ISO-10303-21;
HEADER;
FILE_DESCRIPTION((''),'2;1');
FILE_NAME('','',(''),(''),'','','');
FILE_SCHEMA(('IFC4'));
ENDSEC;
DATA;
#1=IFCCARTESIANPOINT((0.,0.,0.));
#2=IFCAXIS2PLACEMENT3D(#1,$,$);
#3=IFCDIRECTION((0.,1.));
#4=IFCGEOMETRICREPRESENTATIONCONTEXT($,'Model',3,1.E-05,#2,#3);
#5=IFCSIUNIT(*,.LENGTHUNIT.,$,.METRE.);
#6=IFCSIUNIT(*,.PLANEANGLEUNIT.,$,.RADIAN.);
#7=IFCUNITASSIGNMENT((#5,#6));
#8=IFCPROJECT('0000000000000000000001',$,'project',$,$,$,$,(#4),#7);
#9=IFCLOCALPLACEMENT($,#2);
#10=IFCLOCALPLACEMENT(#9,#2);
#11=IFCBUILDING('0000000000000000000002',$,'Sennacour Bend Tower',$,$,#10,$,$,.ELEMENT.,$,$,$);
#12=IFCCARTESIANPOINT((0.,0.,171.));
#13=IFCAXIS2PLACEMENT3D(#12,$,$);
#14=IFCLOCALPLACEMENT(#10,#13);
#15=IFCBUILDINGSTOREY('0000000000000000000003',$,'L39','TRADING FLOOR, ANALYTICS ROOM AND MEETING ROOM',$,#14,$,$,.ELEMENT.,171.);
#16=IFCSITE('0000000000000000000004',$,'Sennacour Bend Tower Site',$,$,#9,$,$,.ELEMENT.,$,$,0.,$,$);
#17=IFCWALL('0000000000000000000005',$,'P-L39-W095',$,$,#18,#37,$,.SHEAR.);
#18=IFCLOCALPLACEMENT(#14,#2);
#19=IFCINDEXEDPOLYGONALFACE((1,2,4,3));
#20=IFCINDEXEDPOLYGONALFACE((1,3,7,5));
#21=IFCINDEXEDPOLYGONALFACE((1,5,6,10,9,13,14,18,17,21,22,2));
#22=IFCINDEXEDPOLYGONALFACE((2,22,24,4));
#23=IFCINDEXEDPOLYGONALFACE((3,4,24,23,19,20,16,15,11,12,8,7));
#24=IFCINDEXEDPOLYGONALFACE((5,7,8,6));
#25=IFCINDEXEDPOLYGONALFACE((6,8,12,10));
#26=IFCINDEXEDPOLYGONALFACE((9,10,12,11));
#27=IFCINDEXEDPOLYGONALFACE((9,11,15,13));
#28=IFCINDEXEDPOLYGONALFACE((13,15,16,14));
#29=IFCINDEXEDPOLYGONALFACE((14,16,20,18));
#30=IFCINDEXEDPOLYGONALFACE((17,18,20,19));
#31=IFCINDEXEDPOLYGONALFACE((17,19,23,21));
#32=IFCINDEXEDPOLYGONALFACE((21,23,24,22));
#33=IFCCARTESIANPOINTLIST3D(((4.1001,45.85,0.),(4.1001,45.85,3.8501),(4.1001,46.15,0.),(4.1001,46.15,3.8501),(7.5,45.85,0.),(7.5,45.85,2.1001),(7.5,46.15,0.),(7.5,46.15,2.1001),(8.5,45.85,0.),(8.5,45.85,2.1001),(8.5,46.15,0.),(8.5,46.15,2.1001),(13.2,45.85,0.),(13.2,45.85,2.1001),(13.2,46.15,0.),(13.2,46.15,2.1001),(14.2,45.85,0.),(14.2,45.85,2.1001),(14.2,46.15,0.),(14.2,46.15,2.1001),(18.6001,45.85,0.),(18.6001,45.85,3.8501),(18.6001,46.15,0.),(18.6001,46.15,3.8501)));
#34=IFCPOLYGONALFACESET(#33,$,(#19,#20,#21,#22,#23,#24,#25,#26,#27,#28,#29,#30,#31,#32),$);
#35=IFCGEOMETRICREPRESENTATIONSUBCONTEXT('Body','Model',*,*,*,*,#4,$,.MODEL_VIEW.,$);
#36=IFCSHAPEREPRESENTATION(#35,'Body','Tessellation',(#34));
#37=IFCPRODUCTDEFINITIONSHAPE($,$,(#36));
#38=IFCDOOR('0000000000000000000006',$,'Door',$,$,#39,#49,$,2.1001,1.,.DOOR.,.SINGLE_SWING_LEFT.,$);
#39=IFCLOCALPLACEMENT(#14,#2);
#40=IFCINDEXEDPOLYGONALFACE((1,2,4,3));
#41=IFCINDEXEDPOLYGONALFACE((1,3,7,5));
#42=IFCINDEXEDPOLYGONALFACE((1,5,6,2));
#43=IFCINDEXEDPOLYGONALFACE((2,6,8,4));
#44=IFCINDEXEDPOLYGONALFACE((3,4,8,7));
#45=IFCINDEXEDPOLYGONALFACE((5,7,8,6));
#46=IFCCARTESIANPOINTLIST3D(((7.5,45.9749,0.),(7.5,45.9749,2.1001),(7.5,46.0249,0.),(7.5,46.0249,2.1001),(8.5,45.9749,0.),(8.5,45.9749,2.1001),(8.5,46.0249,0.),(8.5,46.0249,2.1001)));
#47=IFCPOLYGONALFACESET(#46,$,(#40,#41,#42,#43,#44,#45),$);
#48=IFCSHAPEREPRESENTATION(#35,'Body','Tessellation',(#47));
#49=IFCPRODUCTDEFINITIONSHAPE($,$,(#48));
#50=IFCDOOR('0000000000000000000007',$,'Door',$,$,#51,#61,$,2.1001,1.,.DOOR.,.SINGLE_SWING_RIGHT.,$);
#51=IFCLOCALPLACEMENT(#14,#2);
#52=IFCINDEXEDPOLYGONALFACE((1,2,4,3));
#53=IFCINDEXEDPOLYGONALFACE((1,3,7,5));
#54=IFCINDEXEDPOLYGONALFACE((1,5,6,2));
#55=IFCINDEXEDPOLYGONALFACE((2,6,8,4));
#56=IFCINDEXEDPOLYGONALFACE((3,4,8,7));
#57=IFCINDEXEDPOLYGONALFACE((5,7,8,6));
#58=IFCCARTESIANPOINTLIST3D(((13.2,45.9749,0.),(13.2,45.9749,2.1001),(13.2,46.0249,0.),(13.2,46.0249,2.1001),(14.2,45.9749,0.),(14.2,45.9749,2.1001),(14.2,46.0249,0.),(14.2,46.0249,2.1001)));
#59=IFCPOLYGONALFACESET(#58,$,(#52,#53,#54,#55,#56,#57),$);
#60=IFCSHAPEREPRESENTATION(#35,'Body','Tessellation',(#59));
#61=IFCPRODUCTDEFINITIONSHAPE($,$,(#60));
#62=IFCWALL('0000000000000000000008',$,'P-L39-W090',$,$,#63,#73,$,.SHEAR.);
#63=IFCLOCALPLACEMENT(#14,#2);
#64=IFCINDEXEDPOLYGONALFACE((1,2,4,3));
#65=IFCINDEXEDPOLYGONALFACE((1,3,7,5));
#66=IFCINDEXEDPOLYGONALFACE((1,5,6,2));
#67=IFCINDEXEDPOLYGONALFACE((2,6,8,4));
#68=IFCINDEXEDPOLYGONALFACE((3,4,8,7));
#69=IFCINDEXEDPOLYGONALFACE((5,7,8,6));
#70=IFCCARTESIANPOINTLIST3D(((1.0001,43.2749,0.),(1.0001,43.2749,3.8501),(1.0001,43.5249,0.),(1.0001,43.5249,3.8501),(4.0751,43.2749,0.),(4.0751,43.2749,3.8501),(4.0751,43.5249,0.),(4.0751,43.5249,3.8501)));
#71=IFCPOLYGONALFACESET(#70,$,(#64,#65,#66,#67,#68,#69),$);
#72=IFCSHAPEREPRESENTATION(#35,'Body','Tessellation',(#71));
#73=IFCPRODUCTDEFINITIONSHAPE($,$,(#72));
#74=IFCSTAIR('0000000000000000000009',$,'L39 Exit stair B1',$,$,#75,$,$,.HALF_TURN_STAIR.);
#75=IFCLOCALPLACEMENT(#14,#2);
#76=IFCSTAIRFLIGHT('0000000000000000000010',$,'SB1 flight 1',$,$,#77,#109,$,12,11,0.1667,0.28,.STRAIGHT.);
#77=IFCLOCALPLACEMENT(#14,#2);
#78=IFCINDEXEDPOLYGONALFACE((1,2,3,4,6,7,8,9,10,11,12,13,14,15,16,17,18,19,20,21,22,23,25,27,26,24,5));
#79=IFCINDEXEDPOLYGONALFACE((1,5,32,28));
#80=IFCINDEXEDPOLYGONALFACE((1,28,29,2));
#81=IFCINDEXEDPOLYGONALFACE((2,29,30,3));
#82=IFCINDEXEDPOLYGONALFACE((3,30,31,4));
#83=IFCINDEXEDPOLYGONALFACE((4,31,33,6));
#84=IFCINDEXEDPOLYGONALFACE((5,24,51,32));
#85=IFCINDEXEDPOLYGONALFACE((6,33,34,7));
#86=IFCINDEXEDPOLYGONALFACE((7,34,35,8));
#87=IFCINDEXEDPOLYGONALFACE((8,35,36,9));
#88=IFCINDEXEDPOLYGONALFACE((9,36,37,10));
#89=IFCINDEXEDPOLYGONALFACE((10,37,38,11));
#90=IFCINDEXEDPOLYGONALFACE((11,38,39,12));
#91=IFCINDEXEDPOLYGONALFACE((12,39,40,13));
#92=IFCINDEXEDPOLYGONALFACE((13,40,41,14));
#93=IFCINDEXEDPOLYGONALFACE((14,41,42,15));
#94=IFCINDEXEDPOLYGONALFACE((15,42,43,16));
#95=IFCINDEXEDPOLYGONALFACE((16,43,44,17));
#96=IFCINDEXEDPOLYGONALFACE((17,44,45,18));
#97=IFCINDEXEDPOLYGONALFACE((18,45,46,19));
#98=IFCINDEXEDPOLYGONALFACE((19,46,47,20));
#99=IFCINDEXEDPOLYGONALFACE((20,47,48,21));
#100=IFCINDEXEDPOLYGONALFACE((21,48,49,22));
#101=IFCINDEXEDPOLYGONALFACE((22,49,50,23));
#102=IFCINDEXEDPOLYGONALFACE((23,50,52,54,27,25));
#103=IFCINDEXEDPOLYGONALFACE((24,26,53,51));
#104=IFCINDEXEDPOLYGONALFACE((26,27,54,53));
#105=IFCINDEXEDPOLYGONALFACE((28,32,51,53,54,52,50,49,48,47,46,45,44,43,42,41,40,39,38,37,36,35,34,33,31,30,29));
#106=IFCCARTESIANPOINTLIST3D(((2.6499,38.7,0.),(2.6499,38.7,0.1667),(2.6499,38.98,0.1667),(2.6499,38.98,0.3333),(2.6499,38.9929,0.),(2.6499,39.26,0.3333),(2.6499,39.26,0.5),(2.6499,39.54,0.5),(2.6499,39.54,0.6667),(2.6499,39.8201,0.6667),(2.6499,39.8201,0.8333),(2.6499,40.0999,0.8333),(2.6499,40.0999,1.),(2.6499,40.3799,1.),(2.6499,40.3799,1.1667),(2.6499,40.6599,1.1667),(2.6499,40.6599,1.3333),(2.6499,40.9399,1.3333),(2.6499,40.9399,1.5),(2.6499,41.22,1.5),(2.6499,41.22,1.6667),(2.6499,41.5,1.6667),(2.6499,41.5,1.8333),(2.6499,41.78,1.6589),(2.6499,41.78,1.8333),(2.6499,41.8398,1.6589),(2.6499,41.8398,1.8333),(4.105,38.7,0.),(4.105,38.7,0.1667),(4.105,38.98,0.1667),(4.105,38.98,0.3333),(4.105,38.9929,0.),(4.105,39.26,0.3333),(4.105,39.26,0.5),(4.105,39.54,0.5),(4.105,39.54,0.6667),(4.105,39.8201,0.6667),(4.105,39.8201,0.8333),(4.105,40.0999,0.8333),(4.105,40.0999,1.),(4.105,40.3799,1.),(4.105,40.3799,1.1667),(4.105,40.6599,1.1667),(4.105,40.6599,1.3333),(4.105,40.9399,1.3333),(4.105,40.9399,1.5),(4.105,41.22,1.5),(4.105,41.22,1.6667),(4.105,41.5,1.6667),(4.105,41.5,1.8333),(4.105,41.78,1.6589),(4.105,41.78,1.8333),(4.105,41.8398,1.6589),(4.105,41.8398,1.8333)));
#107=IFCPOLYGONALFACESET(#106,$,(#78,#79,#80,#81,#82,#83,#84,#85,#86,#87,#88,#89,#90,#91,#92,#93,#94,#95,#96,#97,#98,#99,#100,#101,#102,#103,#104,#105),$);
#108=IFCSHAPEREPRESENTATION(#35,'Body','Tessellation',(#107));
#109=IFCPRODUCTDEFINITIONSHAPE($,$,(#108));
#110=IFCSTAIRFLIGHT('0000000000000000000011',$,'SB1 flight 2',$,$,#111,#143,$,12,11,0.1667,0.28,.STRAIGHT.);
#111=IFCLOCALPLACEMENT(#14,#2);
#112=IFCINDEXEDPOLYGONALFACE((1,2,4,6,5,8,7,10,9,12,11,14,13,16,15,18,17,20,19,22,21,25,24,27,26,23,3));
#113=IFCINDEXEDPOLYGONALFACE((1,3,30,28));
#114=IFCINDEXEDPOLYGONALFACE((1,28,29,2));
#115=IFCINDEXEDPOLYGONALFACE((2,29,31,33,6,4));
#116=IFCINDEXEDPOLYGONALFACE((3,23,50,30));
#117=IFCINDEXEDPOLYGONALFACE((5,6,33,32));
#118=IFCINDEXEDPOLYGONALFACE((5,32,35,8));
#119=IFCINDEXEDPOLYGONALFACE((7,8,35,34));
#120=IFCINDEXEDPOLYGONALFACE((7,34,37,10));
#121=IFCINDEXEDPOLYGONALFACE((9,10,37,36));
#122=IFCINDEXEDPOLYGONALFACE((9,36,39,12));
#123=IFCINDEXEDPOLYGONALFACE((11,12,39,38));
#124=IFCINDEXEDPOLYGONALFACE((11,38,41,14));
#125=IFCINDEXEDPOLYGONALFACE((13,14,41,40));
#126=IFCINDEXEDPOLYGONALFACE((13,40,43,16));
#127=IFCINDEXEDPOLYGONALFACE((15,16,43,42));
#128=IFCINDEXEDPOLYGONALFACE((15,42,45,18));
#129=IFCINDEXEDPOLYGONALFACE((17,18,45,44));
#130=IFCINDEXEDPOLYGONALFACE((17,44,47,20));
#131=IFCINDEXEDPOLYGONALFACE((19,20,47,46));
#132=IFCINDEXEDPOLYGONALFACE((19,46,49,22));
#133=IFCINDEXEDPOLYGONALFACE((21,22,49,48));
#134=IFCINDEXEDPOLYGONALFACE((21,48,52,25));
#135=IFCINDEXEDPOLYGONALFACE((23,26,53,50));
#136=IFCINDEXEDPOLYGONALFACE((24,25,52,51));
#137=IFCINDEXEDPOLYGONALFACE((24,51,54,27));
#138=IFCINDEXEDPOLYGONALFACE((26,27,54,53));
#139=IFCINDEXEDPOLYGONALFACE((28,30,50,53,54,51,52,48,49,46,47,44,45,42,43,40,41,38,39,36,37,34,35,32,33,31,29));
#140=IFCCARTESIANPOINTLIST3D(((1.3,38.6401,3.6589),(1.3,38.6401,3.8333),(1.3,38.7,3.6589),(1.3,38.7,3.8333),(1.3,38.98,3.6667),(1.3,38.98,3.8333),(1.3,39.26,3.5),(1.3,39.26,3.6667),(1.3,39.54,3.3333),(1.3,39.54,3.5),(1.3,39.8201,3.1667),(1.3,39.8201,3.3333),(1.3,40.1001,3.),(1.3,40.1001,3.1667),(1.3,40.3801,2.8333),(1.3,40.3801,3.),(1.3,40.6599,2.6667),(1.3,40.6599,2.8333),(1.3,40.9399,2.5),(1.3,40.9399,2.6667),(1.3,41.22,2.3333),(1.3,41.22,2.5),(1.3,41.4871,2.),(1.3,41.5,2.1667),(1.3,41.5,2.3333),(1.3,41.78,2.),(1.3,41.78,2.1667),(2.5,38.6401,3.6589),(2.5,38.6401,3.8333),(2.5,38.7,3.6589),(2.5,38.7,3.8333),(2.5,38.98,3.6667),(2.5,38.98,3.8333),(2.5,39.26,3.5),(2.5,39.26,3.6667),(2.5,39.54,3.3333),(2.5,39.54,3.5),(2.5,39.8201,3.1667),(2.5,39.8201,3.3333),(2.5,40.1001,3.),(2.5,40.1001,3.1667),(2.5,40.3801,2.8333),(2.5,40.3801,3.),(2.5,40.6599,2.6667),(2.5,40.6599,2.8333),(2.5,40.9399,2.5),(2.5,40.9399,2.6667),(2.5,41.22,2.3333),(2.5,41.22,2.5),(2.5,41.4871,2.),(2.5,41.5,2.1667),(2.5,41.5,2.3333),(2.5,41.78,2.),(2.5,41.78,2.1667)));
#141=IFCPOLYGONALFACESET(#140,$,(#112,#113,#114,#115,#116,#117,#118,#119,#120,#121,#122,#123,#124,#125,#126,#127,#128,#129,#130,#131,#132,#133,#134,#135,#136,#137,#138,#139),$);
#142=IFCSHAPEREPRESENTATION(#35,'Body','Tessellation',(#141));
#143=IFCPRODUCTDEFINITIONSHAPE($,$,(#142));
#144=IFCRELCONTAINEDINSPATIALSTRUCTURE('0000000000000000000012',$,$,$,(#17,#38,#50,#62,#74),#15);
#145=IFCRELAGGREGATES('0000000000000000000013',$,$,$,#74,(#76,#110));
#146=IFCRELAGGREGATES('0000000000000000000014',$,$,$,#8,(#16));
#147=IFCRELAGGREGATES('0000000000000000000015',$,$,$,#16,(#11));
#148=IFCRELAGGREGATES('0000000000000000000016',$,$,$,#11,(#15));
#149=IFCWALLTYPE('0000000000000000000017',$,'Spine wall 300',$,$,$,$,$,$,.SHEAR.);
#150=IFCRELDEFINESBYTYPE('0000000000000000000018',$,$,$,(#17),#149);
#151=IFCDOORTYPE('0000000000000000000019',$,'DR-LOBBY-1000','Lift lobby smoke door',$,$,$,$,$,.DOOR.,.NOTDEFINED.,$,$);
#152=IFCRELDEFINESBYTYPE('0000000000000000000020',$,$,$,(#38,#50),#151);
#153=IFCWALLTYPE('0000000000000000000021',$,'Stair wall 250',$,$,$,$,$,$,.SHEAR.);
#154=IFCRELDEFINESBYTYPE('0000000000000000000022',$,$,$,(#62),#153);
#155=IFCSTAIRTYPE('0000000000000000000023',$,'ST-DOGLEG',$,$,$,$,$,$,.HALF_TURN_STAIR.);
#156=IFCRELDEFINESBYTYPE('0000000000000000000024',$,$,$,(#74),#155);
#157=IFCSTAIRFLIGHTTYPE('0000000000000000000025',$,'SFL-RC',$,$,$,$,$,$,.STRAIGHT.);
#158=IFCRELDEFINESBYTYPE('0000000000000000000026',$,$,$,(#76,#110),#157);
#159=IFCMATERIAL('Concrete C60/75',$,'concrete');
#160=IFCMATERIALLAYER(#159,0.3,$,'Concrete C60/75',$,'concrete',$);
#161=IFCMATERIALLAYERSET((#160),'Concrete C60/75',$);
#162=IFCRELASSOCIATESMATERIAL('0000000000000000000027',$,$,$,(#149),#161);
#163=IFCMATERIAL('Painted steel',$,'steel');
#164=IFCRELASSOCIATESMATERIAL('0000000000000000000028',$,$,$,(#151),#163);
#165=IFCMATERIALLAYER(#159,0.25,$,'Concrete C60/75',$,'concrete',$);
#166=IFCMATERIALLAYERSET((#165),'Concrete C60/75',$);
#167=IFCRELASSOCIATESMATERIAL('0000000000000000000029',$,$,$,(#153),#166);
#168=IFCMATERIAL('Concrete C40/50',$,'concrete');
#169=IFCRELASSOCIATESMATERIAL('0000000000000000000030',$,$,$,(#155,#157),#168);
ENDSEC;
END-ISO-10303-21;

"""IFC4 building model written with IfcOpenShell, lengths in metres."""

from ifc_helpers import new_model, si_unit, direction, frame, frame_2d, origin, place, context, subcontext, project, spatial, polyline, rectangle, outline, extrude, material, layer, layer_set, type_object, element, fill, aggregate, save


model = new_model("IFC4")

# Units and contexts
model_context = context("Model", 3, precision=1e-05, world=origin(), true_north=direction((0.0, 1.0)))
body_context = subcontext(model_context, "Body", "Model", "MODEL_VIEW")
ifc_project = project(units=[si_unit("LENGTHUNIT", "METRE"), si_unit("PLANEANGLEUNIT", "RADIAN")], contexts=[model_context])

# Site, building, storey
site_placement = place(None, origin())
site = spatial("IfcSite", under=ifc_project, at=site_placement, Name="Sennacour Bend Tower Site", CompositionType="ELEMENT", RefElevation=0.0)
building_placement = place(site_placement, origin())
building = spatial("IfcBuilding", under=site, at=building_placement, Name="Sennacour Bend Tower", CompositionType="ELEMENT")
storey_placement = place(building_placement, frame((0.0, 0.0, 171.0)))
storey = spatial("IfcBuildingStorey", under=building, at=storey_placement, Name="L39", Description="TRADING FLOOR, ANALYTICS ROOM AND MEETING ROOM", CompositionType="ELEMENT", Elevation=171.0)

# Shared definitions
ifc_material_1 = material(Name="Concrete C60/75", Category="concrete")

# Shared definitions
ifc_material_2 = material(Name="Painted steel", Category="steel")

# Wall, openings, doors
ifc_layer_1 = layer(ifc_material_1, 0.3, Name="Concrete C60/75", Category="concrete")
ifc_layer_set_1 = layer_set([ifc_layer_1], Name="Concrete C60/75")
wall_type_1 = type_object("IfcWallType", Name="Spine wall 300", PredefinedType="SHEAR", material=ifc_layer_set_1)
wall_1_placement = place(storey_placement, frame((4.1001, 46.0, 0.0), z_axis=(0.0, 0.0, 1.0), x_axis=(1.0, 0.0, 0.0)))
wall_1 = element("IfcWall", 1, at=wall_1_placement, inside=storey, type_object=wall_type_1, Name="P-L39-W095", PredefinedType="SHEAR", context=body_context, shape_type="SweptSolid", body=[
    extrude(rectangle(XDim=14.5, YDim=0.3, at=frame_2d((7.25, 0.0))), origin(), (0.0, 0.0, 1.0), 3.8501),
])
opening_1_placement = place(wall_1_placement, frame((3.3999, 0.0, 0.0)))
opening_1 = element("IfcOpeningElement", 2, at=opening_1_placement, cuts=wall_1, PredefinedType="OPENING", context=body_context, shape_type="SweptSolid", body=[
    extrude(rectangle(XDim=1.0, YDim=2.1001, at=frame_2d((0.5, 1.05))), frame((0.0, 0.1602, 0.0), z_axis=(0.0, -1.0, 0.0), x_axis=(1.0, 0.0, 0.0)), (0.0, 0.0, 1.0), 0.3201),
])
opening_2_placement = place(wall_1_placement, frame((9.0999, 0.0, 0.0)))
opening_2 = element("IfcOpeningElement", 3, at=opening_2_placement, cuts=wall_1, PredefinedType="OPENING", context=body_context, shape_type="SweptSolid", body=[
    extrude(rectangle(XDim=1.0, YDim=2.1001, at=frame_2d((0.5, 1.05))), frame((0.0, 0.1602, 0.0), z_axis=(0.0, -1.0, 0.0), x_axis=(1.0, 0.0, 0.0)), (0.0, 0.0, 1.0), 0.3201),
])
door_type_1 = type_object("IfcDoorType", Name="DR-LOBBY-1000", Description="Lift lobby smoke door", OperationType="NOTDEFINED", PredefinedType="DOOR", material=ifc_material_2)
door_1_placement = place(opening_1_placement, origin())
door_1 = element("IfcDoor", 4, at=door_1_placement, inside=storey, type_object=door_type_1, Name="Door", OperationType="SINGLE_SWING_LEFT", OverallHeight=2.1001, OverallWidth=1.0, PredefinedType="DOOR", context=body_context, shape_type="SweptSolid", body=[
    extrude(rectangle(XDim=1.0, YDim=2.1001, at=frame_2d((0.5, 1.05))), frame((0.0, 0.0249, 0.0), z_axis=(0.0, -1.0, 0.0), x_axis=(1.0, 0.0, 0.0)), (0.0, 0.0, 1.0), 0.05),
])
fill(opening_1, door_1)
door_2_placement = place(opening_2_placement, origin())
door_2 = element("IfcDoor", 5, at=door_2_placement, inside=storey, type_object=door_type_1, Name="Door", OperationType="SINGLE_SWING_RIGHT", OverallHeight=2.1001, OverallWidth=1.0, PredefinedType="DOOR", context=body_context, shape_type="SweptSolid", body=[
    extrude(rectangle(XDim=1.0, YDim=2.1001, at=frame_2d((0.5, 1.05))), frame((0.0, 0.0249, 0.0), z_axis=(0.0, -1.0, 0.0), x_axis=(1.0, 0.0, 0.0)), (0.0, 0.0, 1.0), 0.05),
])
fill(opening_2, door_2)

# Wall
ifc_layer_2 = layer(ifc_material_1, 0.25, Name="Concrete C60/75", Category="concrete")
ifc_layer_set_2 = layer_set([ifc_layer_2], Name="Concrete C60/75")
wall_type_2 = type_object("IfcWallType", Name="Stair wall 250", PredefinedType="SHEAR", material=ifc_layer_set_2)
wall_2_placement = place(storey_placement, frame((1.0, 43.3999, 0.0), z_axis=(0.0, 0.0, 1.0), x_axis=(1.0, 0.0, 0.0)))
element("IfcWall", 6, at=wall_2_placement, inside=storey, type_object=wall_type_2, Name="P-L39-W090", PredefinedType="SHEAR", context=body_context, shape_type="SweptSolid", body=[
    extrude(rectangle(XDim=3.075, YDim=0.25, at=frame_2d((1.5376, 0.0))), origin(), (0.0, 0.0, 1.0), 3.8501),
])

# Stair, stair flights
ifc_material_3 = material(Name="Concrete C40/50", Category="concrete")
stair_type = type_object("IfcStairType", Name="ST-DOGLEG", PredefinedType="HALF_TURN_STAIR", material=ifc_material_3)
stair_placement = place(storey_placement, origin())
stair = element("IfcStair", 7, at=stair_placement, inside=storey, type_object=stair_type, Name="L39 Exit stair B1", PredefinedType="HALF_TURN_STAIR")
stair_flight_type = type_object("IfcStairFlightType", Name="SFL-RC", PredefinedType="STRAIGHT", material=ifc_material_3)
stair_flight_1_placement = place(storey_placement, frame((3.3774, 38.7, 0.0), z_axis=(0.0, 0.0, 1.0), x_axis=(0.0, 1.0, 0.0)))
stair_flight_1 = element("IfcStairFlight", 8, at=stair_flight_1_placement, type_object=stair_flight_type, Name="SB1 flight 1", NumberOfRisers=12, NumberOfTreads=11, PredefinedType="STRAIGHT", RiserHeight=0.1667, TreadLength=0.28, context=body_context, shape_type="SweptSolid", body=[
    extrude(outline(polyline([(0.0, 0.0), (0.0, 0.1667), (0.28, 0.1667), (0.28, 0.3333), (0.5601, 0.3333), (0.5601, 0.5), (0.8401, 0.5), (0.8401, 0.6667), (1.1201, 0.6667), (1.1201, 0.8333), (1.3999, 0.8333), (1.3999, 1.0), (1.6799, 1.0), (1.6799, 1.1667), (1.96, 1.1667), (1.96, 1.3333), (2.24, 1.3333), (2.24, 1.5), (2.52, 1.5), (2.52, 1.6667), (2.8, 1.6667), (2.8, 1.8333), (3.0801, 1.8333), (3.1399, 1.8333), (3.1399, 1.6589), (3.0801, 1.6589), (0.293, 0.0), (0.0, 0.0)])), frame((0.0, 0.7275, 0.0), z_axis=(0.0, -1.0, 0.0), x_axis=(1.0, 0.0, 0.0)), (0.0, 0.0, 1.0), 1.4551),
])
stair_flight_2_placement = place(storey_placement, frame((1.8999, 41.78, 2.0), z_axis=(0.0, 0.0, 1.0), x_axis=(0.0, -1.0, 0.0)))
stair_flight_2 = element("IfcStairFlight", 9, at=stair_flight_2_placement, type_object=stair_flight_type, Name="SB1 flight 2", NumberOfRisers=12, NumberOfTreads=11, PredefinedType="STRAIGHT", RiserHeight=0.1667, TreadLength=0.28, context=body_context, shape_type="SweptSolid", body=[
    extrude(outline(polyline([(0.0, 0.0), (0.0, 0.1667), (0.28, 0.1667), (0.28, 0.3333), (0.5601, 0.3333), (0.5601, 0.5), (0.8401, 0.5), (0.8401, 0.6667), (1.1201, 0.6667), (1.1201, 0.8333), (1.3999, 0.8333), (1.3999, 1.0), (1.6799, 1.0), (1.6799, 1.1667), (1.96, 1.1667), (1.96, 1.3333), (2.24, 1.3333), (2.24, 1.5), (2.52, 1.5), (2.52, 1.6667), (2.8, 1.6667), (2.8, 1.8333), (3.0801, 1.8333), (3.1399, 1.8333), (3.1399, 1.6589), (3.0801, 1.6589), (0.293, 0.0), (0.0, 0.0)])), frame((0.0, 0.6001, 0.0), z_axis=(0.0, -1.0, 0.0), x_axis=(1.0, 0.0, 0.0)), (0.0, 0.0, 1.0), 1.2),
])
aggregate(stair, [stair_flight_1, stair_flight_2])

save(model, "model.ifc")
